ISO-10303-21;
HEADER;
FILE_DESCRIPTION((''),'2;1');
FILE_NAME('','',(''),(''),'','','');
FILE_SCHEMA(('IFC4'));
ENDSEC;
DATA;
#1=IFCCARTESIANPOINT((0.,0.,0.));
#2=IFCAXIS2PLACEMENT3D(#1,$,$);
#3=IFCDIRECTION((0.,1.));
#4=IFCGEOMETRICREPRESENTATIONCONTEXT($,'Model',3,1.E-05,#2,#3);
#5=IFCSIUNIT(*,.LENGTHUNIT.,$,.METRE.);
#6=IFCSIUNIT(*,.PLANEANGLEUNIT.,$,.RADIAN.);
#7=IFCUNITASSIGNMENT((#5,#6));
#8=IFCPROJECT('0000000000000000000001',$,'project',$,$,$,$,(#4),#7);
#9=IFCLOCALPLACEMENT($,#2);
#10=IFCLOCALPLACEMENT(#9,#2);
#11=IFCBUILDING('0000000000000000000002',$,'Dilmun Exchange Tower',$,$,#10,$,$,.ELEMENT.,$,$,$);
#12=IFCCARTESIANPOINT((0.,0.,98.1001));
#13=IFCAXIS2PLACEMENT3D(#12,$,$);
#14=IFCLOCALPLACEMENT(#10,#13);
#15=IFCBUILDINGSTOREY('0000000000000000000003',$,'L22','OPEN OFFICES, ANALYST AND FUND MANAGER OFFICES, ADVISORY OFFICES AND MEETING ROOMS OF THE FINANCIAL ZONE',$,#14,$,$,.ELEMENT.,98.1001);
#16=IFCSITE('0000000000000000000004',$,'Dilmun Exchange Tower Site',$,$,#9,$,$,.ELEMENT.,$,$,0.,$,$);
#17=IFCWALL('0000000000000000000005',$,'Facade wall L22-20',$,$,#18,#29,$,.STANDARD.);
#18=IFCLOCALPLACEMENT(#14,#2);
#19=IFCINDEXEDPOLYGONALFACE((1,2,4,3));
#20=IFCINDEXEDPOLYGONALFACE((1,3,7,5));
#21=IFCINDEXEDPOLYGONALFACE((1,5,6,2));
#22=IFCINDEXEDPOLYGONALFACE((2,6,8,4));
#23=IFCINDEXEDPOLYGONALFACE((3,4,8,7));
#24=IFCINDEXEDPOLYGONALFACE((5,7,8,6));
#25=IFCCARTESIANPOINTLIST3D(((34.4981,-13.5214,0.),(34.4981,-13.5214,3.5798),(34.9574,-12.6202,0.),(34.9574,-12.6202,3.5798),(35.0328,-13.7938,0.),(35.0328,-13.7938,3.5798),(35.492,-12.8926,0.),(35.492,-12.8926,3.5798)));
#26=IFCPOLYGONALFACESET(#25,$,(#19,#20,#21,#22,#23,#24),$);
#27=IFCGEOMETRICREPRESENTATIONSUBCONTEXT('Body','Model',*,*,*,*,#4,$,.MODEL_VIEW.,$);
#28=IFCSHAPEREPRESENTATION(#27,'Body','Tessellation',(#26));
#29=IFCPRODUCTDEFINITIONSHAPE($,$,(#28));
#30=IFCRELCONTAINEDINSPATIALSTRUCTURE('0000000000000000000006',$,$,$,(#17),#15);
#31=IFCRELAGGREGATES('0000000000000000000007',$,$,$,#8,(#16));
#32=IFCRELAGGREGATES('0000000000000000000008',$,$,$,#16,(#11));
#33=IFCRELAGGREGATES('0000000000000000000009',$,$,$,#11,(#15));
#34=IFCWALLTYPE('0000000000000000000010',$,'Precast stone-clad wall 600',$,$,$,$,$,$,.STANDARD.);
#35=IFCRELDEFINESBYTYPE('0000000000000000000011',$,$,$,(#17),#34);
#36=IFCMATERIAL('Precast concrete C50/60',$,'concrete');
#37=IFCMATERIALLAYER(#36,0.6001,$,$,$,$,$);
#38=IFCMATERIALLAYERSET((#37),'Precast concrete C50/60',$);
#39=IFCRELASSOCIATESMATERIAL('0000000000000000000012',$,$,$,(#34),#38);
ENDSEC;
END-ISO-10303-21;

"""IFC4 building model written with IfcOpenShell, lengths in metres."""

from ifc_helpers import new_model, si_unit, direction, frame, frame_2d, origin, place, context, subcontext, project, spatial, rectangle, extrude, material, layer, layer_set, type_object, element, save


model = new_model("IFC4")

# Units and contexts
model_context = context("Model", 3, precision=1e-05, world=origin(), true_north=direction((0.0, 1.0)))
body_context = subcontext(model_context, "Body", "Model", "MODEL_VIEW")
ifc_project = project(units=[si_unit("LENGTHUNIT", "METRE"), si_unit("PLANEANGLEUNIT", "RADIAN")], contexts=[model_context])

# Site, building, storey
site_placement = place(None, origin())
site = spatial("IfcSite", under=ifc_project, at=site_placement, Name="Dilmun Exchange Tower Site", CompositionType="ELEMENT", RefElevation=0.0)
building_placement = place(site_placement, origin())
building = spatial("IfcBuilding", under=site, at=building_placement, Name="Dilmun Exchange Tower", CompositionType="ELEMENT")
storey_placement = place(building_placement, frame((0.0, 0.0, 98.1001)))
storey = spatial("IfcBuildingStorey", under=building, at=storey_placement, Name="L22", Description="OPEN OFFICES, ANALYST AND FUND MANAGER OFFICES, ADVISORY OFFICES AND MEETING ROOMS OF THE FINANCIAL ZONE", CompositionType="ELEMENT", Elevation=98.1001)

# Shared definitions
ifc_material_1 = material(Name="Precast concrete C50/60", Category="concrete")
ifc_layer_1 = layer(ifc_material_1, 0.6001)
ifc_layer_set_1 = layer_set([ifc_layer_1], Name="Precast concrete C50/60")
wall_type_1 = type_object("IfcWallType", Name="Precast stone-clad wall 600", PredefinedType="STANDARD", material=ifc_layer_set_1)

# Wall
wall_1_placement = place(storey_placement, frame((34.7654, -13.6577, 0.0), z_axis=(0.0, 0.0, 1.0), x_axis=(0.454056, 0.890973, 0.0)))
element("IfcWall", 1, at=wall_1_placement, inside=storey, type_object=wall_type_1, Name="Facade wall L22-20", PredefinedType="STANDARD", context=body_context, shape_type="SweptSolid", body=[
    extrude(rectangle(XDim=1.0115, YDim=0.6001, at=frame_2d((0.5059, 0.0))), origin(), (0.0, 0.0, 1.0), 3.5798),
])

save(model, "model.ifc")
